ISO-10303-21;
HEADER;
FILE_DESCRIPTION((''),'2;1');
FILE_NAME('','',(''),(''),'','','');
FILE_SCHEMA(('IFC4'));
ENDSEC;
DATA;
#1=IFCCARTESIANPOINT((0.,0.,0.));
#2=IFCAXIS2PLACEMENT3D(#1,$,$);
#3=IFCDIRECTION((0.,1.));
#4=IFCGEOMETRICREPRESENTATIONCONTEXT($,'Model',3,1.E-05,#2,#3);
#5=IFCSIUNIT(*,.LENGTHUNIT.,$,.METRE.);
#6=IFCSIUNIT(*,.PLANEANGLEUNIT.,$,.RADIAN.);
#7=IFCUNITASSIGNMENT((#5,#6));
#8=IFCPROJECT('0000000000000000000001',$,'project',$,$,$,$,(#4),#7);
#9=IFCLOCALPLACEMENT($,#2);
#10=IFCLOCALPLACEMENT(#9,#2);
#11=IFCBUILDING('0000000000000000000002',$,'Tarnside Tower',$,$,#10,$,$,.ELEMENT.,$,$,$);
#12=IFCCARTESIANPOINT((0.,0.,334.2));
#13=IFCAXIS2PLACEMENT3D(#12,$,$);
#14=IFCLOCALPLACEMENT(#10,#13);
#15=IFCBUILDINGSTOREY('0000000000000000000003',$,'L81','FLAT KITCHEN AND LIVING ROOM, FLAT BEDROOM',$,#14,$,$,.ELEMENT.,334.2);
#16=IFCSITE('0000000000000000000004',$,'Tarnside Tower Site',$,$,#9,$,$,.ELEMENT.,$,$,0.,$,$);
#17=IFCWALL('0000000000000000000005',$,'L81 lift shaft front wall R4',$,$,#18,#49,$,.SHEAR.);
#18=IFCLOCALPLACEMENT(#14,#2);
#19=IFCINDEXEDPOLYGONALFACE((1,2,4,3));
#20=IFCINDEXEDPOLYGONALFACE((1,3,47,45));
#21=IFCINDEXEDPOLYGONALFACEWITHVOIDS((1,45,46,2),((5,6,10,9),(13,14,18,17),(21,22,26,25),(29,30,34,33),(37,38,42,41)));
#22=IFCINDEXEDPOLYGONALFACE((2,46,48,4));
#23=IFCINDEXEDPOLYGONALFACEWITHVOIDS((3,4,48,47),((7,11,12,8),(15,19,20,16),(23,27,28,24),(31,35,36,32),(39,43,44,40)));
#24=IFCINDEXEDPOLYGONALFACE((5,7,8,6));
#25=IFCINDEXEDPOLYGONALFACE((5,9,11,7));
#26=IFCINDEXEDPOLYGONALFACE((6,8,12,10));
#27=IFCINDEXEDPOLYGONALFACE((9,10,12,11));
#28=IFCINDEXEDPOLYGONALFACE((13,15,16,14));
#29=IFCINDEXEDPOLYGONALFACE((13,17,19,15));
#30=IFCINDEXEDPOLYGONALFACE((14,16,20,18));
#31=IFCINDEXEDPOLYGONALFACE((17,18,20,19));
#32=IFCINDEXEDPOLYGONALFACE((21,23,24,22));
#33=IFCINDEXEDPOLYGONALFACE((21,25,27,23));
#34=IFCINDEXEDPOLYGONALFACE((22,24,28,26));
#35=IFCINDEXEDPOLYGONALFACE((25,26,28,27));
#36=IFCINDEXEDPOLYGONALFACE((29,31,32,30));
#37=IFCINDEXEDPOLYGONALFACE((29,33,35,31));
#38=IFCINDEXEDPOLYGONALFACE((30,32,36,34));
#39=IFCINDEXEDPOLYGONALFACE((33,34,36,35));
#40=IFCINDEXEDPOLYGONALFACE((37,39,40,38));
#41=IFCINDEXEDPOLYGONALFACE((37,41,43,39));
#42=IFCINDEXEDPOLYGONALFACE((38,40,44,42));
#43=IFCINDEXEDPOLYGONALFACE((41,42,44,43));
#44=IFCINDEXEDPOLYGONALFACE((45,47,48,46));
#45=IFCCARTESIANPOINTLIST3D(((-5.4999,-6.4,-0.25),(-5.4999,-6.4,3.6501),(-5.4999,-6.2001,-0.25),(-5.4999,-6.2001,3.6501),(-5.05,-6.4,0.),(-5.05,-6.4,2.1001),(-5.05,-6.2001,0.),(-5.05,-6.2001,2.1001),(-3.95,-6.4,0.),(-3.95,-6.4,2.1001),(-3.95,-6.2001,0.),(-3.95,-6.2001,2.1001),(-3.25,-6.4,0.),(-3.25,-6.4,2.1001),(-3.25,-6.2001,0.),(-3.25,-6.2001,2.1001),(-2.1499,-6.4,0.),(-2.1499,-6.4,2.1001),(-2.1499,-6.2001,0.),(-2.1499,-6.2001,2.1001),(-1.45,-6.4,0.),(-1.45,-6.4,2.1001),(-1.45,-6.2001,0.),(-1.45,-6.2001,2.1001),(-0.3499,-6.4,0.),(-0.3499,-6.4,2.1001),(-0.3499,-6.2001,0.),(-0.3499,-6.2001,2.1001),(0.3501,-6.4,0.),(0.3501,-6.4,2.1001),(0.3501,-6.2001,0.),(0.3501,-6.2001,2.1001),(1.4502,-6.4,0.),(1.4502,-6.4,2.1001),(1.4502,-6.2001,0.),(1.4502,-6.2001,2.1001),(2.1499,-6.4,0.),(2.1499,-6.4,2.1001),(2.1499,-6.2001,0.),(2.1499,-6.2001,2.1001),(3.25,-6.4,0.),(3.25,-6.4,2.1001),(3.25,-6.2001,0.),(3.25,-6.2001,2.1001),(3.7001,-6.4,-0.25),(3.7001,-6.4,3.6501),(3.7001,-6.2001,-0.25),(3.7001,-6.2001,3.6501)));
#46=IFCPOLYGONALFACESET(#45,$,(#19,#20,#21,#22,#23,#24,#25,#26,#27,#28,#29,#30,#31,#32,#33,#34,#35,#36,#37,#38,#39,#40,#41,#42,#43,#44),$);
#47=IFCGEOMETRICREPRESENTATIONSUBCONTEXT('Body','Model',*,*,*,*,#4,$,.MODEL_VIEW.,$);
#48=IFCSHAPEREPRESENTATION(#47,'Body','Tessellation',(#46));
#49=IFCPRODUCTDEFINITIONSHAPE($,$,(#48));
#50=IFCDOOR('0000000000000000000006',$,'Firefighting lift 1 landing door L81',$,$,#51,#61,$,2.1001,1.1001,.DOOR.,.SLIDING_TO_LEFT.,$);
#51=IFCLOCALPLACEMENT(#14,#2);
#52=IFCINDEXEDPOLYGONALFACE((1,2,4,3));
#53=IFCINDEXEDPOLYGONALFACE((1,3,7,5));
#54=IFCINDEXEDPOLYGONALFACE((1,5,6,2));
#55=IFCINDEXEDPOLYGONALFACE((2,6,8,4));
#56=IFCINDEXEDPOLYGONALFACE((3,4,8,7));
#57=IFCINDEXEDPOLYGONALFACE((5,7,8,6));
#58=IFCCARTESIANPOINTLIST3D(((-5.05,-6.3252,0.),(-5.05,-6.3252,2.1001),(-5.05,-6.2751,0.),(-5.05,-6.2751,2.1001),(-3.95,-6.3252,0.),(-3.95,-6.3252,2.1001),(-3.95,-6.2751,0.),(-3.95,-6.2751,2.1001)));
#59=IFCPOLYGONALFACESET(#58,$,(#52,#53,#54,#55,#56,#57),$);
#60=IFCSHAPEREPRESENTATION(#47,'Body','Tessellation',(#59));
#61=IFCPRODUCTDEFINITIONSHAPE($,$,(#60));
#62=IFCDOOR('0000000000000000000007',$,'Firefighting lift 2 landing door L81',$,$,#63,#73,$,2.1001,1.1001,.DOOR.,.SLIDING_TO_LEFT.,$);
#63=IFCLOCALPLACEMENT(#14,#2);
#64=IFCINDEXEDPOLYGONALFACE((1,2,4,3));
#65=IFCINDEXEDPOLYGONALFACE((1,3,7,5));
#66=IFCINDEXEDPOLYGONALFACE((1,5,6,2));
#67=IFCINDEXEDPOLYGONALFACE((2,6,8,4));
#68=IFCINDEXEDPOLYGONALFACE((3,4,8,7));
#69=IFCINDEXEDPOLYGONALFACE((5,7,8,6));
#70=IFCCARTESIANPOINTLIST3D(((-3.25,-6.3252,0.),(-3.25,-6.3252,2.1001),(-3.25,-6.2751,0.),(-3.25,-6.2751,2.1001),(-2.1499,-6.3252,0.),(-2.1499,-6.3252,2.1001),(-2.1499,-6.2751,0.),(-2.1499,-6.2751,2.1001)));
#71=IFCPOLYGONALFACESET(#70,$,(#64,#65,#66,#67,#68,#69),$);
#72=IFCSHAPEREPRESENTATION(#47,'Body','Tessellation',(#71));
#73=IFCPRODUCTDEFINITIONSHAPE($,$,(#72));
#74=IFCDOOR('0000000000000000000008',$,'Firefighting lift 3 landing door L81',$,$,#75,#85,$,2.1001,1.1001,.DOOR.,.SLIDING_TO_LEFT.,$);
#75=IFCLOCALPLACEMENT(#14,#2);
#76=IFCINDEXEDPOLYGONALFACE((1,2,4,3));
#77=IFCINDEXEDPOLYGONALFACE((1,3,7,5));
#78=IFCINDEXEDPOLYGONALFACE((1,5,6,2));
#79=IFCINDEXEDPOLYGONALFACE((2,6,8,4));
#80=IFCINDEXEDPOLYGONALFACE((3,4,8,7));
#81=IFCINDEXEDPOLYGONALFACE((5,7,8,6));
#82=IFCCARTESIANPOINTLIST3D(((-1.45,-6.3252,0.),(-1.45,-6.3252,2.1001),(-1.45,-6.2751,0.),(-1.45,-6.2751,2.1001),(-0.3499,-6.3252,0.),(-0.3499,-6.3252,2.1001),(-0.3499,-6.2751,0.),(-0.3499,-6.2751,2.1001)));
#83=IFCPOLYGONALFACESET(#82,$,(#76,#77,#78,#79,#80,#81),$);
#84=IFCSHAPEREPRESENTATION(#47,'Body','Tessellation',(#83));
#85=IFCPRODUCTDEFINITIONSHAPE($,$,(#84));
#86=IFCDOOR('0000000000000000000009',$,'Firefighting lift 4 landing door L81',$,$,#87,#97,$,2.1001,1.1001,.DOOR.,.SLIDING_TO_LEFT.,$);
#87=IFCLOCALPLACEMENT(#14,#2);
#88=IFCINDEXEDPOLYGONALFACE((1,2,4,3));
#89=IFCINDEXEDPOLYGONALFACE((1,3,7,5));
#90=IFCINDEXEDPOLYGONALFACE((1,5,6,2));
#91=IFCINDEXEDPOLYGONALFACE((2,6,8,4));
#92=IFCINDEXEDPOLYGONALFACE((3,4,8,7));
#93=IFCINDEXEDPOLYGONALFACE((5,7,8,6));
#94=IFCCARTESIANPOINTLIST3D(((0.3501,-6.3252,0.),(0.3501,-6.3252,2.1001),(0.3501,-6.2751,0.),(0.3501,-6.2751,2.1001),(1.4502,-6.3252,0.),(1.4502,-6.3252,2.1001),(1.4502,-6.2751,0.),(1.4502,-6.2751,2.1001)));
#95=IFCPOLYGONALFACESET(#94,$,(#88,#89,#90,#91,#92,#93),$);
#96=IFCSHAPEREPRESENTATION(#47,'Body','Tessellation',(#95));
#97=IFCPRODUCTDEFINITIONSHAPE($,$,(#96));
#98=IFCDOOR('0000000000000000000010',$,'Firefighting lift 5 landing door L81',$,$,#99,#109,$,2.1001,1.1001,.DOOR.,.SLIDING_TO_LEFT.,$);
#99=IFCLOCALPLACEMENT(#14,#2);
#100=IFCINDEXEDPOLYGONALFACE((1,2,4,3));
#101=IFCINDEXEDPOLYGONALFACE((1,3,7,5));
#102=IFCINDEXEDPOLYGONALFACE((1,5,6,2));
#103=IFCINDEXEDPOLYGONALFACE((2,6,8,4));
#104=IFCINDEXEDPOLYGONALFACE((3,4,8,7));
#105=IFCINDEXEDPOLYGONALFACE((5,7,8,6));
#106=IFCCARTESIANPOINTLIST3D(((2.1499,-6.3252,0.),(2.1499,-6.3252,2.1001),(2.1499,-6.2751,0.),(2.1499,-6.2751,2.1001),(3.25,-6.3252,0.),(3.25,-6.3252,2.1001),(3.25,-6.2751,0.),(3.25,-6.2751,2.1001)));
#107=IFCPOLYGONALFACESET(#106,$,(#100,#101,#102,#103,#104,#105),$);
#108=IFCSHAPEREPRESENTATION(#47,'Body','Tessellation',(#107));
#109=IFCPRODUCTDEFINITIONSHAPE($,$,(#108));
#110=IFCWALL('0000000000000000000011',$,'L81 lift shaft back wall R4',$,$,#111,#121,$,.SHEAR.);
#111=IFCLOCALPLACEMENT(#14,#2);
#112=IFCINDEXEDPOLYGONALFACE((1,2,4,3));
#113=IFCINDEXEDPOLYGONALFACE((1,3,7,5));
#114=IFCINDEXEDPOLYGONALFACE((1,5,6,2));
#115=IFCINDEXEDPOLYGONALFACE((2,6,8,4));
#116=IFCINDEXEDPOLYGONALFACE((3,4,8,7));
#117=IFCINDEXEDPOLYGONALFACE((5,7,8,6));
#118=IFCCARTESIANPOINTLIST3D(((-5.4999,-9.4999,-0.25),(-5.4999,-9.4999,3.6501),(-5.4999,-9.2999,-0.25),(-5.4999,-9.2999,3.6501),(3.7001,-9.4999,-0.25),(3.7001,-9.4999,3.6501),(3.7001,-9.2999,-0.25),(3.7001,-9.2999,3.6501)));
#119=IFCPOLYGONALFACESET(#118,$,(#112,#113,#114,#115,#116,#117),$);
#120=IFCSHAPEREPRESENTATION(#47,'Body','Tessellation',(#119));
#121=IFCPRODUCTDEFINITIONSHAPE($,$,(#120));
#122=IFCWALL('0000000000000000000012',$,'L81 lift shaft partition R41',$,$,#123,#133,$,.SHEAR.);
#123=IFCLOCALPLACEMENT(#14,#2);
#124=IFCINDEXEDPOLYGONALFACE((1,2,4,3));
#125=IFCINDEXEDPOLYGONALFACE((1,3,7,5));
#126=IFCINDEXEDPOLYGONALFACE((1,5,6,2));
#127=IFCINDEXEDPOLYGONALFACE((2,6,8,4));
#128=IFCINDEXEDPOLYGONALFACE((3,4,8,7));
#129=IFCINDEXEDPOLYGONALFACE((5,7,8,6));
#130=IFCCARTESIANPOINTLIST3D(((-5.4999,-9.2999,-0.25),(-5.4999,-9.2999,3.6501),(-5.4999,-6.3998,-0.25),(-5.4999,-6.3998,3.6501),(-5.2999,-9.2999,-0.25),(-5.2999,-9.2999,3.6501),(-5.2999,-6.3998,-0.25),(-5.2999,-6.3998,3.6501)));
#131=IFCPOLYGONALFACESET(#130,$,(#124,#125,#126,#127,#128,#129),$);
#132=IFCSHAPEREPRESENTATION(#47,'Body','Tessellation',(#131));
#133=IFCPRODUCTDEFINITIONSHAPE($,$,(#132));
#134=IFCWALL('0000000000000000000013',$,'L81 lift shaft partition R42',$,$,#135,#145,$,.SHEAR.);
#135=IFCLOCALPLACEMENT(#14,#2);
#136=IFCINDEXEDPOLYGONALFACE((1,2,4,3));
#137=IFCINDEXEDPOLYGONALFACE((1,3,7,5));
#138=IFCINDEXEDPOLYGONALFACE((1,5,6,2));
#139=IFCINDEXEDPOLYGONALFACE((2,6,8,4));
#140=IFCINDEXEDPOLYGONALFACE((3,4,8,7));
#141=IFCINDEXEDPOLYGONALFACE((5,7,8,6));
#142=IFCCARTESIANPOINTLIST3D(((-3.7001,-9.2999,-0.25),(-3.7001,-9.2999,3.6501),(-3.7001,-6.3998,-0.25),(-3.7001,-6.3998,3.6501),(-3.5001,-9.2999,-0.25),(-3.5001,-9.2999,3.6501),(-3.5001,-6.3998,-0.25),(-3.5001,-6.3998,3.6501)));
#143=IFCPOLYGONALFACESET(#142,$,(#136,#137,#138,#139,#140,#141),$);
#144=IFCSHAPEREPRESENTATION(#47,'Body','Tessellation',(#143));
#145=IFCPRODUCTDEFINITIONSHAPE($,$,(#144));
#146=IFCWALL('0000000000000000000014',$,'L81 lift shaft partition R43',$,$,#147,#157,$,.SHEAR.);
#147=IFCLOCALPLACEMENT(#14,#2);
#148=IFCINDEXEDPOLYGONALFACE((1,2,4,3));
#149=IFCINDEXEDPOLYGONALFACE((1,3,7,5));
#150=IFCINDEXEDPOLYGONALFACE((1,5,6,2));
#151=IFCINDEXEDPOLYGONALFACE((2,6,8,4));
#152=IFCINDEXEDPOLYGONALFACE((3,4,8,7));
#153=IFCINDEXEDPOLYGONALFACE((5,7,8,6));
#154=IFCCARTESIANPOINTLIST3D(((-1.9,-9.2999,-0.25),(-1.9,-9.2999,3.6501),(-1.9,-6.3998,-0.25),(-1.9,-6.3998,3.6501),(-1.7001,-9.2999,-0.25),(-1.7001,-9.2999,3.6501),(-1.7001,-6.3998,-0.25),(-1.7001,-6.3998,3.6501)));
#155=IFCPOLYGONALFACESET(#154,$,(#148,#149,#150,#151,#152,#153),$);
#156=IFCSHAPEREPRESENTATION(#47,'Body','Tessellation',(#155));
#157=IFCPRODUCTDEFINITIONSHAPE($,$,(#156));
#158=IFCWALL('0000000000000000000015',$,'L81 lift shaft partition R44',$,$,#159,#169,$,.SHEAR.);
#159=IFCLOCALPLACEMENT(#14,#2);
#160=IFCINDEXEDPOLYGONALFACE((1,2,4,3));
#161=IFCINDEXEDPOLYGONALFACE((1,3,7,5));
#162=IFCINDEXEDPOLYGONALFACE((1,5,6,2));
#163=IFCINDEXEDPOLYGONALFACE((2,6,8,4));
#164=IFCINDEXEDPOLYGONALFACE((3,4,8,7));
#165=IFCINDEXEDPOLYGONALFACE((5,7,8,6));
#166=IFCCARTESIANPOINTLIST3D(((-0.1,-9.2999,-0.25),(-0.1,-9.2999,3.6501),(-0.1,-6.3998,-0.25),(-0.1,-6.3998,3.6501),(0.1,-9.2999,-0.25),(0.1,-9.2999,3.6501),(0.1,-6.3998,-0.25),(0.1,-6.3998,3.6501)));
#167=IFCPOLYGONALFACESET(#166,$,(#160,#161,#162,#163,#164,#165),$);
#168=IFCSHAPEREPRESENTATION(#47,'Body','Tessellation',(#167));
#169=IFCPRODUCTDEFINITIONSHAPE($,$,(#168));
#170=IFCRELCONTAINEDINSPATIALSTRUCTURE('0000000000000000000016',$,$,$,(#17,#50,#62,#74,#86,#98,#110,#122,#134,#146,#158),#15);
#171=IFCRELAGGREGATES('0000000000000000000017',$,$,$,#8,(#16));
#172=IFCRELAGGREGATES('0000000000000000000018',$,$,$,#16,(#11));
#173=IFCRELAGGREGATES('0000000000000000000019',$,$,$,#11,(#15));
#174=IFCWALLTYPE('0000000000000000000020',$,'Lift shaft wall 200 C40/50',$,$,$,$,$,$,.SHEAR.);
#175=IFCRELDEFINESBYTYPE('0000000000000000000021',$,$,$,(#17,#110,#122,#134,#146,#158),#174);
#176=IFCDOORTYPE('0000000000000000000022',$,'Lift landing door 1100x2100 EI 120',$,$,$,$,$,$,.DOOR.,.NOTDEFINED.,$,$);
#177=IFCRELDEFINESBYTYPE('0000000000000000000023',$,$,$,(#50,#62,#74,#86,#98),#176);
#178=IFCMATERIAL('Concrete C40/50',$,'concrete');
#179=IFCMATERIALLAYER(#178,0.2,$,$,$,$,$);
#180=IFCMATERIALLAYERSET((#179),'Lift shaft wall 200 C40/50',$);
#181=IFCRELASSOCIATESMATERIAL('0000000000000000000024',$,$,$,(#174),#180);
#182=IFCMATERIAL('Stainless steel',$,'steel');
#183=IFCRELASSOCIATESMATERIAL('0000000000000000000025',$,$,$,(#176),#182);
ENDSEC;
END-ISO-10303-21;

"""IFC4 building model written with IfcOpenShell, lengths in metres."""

from ifc_helpers import new_model, si_unit, direction, frame, frame_2d, origin, place, context, subcontext, project, spatial, rectangle, extrude, material, layer, layer_set, type_object, element, fill, save


model = new_model("IFC4")

# Units and contexts
model_context = context("Model", 3, precision=1e-05, world=origin(), true_north=direction((0.0, 1.0)))
body_context = subcontext(model_context, "Body", "Model", "MODEL_VIEW")
ifc_project = project(units=[si_unit("LENGTHUNIT", "METRE"), si_unit("PLANEANGLEUNIT", "RADIAN")], contexts=[model_context])

# Site, building, storey
site_placement = place(None, origin())
site = spatial("IfcSite", under=ifc_project, at=site_placement, Name="Tarnside Tower Site", CompositionType="ELEMENT", RefElevation=0.0)
building_placement = place(site_placement, origin())
building = spatial("IfcBuilding", under=site, at=building_placement, Name="Tarnside Tower", CompositionType="ELEMENT")
storey_placement = place(building_placement, frame((0.0, 0.0, 334.2)))
storey = spatial("IfcBuildingStorey", under=building, at=storey_placement, Name="L81", Description="FLAT KITCHEN AND LIVING ROOM, FLAT BEDROOM", CompositionType="ELEMENT", Elevation=334.2)

# Shared definitions
ifc_material_1 = material(Name="Concrete C40/50", Category="concrete")

# Wall, openings, doors
ifc_layer_1 = layer(ifc_material_1, 0.2)
ifc_layer_set_1 = layer_set([ifc_layer_1], Name="Lift shaft wall 200 C40/50")
wall_type_1 = type_object("IfcWallType", Name="Lift shaft wall 200 C40/50", PredefinedType="SHEAR", material=ifc_layer_set_1)
wall_1_placement = place(storey_placement, frame((-5.5, -6.3, -0.25), z_axis=(0.0, 0.0, 1.0), x_axis=(1.0, 0.0, 0.0)))
wall_1 = element("IfcWall", 1, at=wall_1_placement, inside=storey, type_object=wall_type_1, Name="L81 lift shaft front wall R4", PredefinedType="SHEAR", context=body_context, shape_type="SweptSolid", body=[
    extrude(rectangle(XDim=9.2, YDim=0.2, at=frame_2d((4.6001, 0.0))), origin(), (0.0, 0.0, 1.0), 3.9001),
])
opening_1_placement = place(wall_1_placement, frame((0.45, 0.0, 0.25)))
opening_1 = element("IfcOpeningElement", 2, at=opening_1_placement, cuts=wall_1, PredefinedType="OPENING", context=body_context, shape_type="SweptSolid", body=[
    extrude(rectangle(XDim=1.1001, YDim=2.1001, at=frame_2d((0.55, 1.05))), frame((0.0, 0.1099, 0.0), z_axis=(0.0, -1.0, 0.0), x_axis=(1.0, 0.0, 0.0)), (0.0, 0.0, 1.0), 0.22),
])
opening_2_placement = place(wall_1_placement, frame((2.25, 0.0, 0.25)))
opening_2 = element("IfcOpeningElement", 3, at=opening_2_placement, cuts=wall_1, PredefinedType="OPENING", context=body_context, shape_type="SweptSolid", body=[
    extrude(rectangle(XDim=1.1001, YDim=2.1001, at=frame_2d((0.55, 1.05))), frame((0.0, 0.1099, 0.0), z_axis=(0.0, -1.0, 0.0), x_axis=(1.0, 0.0, 0.0)), (0.0, 0.0, 1.0), 0.22),
])
opening_3_placement = place(wall_1_placement, frame((4.05, 0.0, 0.25)))
opening_3 = element("IfcOpeningElement", 4, at=opening_3_placement, cuts=wall_1, PredefinedType="OPENING", context=body_context, shape_type="SweptSolid", body=[
    extrude(rectangle(XDim=1.1001, YDim=2.1001, at=frame_2d((0.55, 1.05))), frame((0.0, 0.1099, 0.0), z_axis=(0.0, -1.0, 0.0), x_axis=(1.0, 0.0, 0.0)), (0.0, 0.0, 1.0), 0.22),
])
opening_4_placement = place(wall_1_placement, frame((5.8501, 0.0, 0.25)))
opening_4 = element("IfcOpeningElement", 5, at=opening_4_placement, cuts=wall_1, PredefinedType="OPENING", context=body_context, shape_type="SweptSolid", body=[
    extrude(rectangle(XDim=1.1001, YDim=2.1001, at=frame_2d((0.55, 1.05))), frame((0.0, 0.1099, 0.0), z_axis=(0.0, -1.0, 0.0), x_axis=(1.0, 0.0, 0.0)), (0.0, 0.0, 1.0), 0.22),
])
opening_5_placement = place(wall_1_placement, frame((7.6499, 0.0, 0.25)))
opening_5 = element("IfcOpeningElement", 6, at=opening_5_placement, cuts=wall_1, PredefinedType="OPENING", context=body_context, shape_type="SweptSolid", body=[
    extrude(rectangle(XDim=1.1001, YDim=2.1001, at=frame_2d((0.55, 1.05))), frame((0.0, 0.1099, 0.0), z_axis=(0.0, -1.0, 0.0), x_axis=(1.0, 0.0, 0.0)), (0.0, 0.0, 1.0), 0.22),
])
ifc_material_2 = material(Name="Stainless steel", Category="steel")
door_type_1 = type_object("IfcDoorType", Name="Lift landing door 1100x2100 EI 120", OperationType="NOTDEFINED", PredefinedType="DOOR", material=ifc_material_2)
door_1_placement = place(opening_1_placement, origin())
door_1 = element("IfcDoor", 7, at=door_1_placement, inside=storey, type_object=door_type_1, Name="Firefighting lift 1 landing door L81", OperationType="SLIDING_TO_LEFT", OverallHeight=2.1001, OverallWidth=1.1001, PredefinedType="DOOR", context=body_context, shape_type="SweptSolid", body=[
    extrude(rectangle(XDim=1.1001, YDim=2.1001, at=frame_2d((0.55, 1.05))), frame((0.0, 0.0249, 0.0), z_axis=(0.0, -1.0, 0.0), x_axis=(1.0, 0.0, 0.0)), (0.0, 0.0, 1.0), 0.05),
])
fill(opening_1, door_1)
door_2_placement = place(opening_2_placement, origin())
door_2 = element("IfcDoor", 8, at=door_2_placement, inside=storey, type_object=door_type_1, Name="Firefighting lift 2 landing door L81", OperationType="SLIDING_TO_LEFT", OverallHeight=2.1001, OverallWidth=1.1001, PredefinedType="DOOR", context=body_context, shape_type="SweptSolid", body=[
    extrude(rectangle(XDim=1.1001, YDim=2.1001, at=frame_2d((0.55, 1.05))), frame((0.0, 0.0249, 0.0), z_axis=(0.0, -1.0, 0.0), x_axis=(1.0, 0.0, 0.0)), (0.0, 0.0, 1.0), 0.05),
])
fill(opening_2, door_2)
door_3_placement = place(opening_3_placement, origin())
door_3 = element("IfcDoor", 9, at=door_3_placement, inside=storey, type_object=door_type_1, Name="Firefighting lift 3 landing door L81", OperationType="SLIDING_TO_LEFT", OverallHeight=2.1001, OverallWidth=1.1001, PredefinedType="DOOR", context=body_context, shape_type="SweptSolid", body=[
    extrude(rectangle(XDim=1.1001, YDim=2.1001, at=frame_2d((0.55, 1.05))), frame((0.0, 0.0249, 0.0), z_axis=(0.0, -1.0, 0.0), x_axis=(1.0, 0.0, 0.0)), (0.0, 0.0, 1.0), 0.05),
])
fill(opening_3, door_3)
door_4_placement = place(opening_4_placement, origin())
door_4 = element("IfcDoor", 10, at=door_4_placement, inside=storey, type_object=door_type_1, Name="Firefighting lift 4 landing door L81", OperationType="SLIDING_TO_LEFT", OverallHeight=2.1001, OverallWidth=1.1001, PredefinedType="DOOR", context=body_context, shape_type="SweptSolid", body=[
    extrude(rectangle(XDim=1.1001, YDim=2.1001, at=frame_2d((0.55, 1.05))), frame((0.0, 0.0249, 0.0), z_axis=(0.0, -1.0, 0.0), x_axis=(1.0, 0.0, 0.0)), (0.0, 0.0, 1.0), 0.05),
])
fill(opening_4, door_4)
door_5_placement = place(opening_5_placement, origin())
door_5 = element("IfcDoor", 11, at=door_5_placement, inside=storey, type_object=door_type_1, Name="Firefighting lift 5 landing door L81", OperationType="SLIDING_TO_LEFT", OverallHeight=2.1001, OverallWidth=1.1001, PredefinedType="DOOR", context=body_context, shape_type="SweptSolid", body=[
    extrude(rectangle(XDim=1.1001, YDim=2.1001, at=frame_2d((0.55, 1.05))), frame((0.0, 0.0249, 0.0), z_axis=(0.0, -1.0, 0.0), x_axis=(1.0, 0.0, 0.0)), (0.0, 0.0, 1.0), 0.05),
])
fill(opening_5, door_5)

# Walls
wall_2_placement = place(storey_placement, frame((-5.5, -9.3999, -0.25), z_axis=(0.0, 0.0, 1.0), x_axis=(1.0, 0.0, 0.0)))
element("IfcWall", 12, at=wall_2_placement, inside=storey, type_object=wall_type_1, Name="L81 lift shaft back wall R4", PredefinedType="SHEAR", context=body_context, shape_type="SweptSolid", body=[
    extrude(rectangle(XDim=9.2, YDim=0.2, at=frame_2d((4.6001, 0.0))), origin(), (0.0, 0.0, 1.0), 3.9001),
])
for number, where, z_axis, x_axis, name in (
    (13, (-5.3999, -9.3, -0.25), (0.0, 0.0, 1.0), (0.0, 1.0, 0.0), "L81 lift shaft partition R41"),
    (14, (-3.6001, -9.3, -0.25), (0.0, 0.0, 1.0), (0.0, 1.0, 0.0), "L81 lift shaft partition R42"),
    (15, (-1.8, -9.3, -0.25), (0.0, 0.0, 1.0), (0.0, 1.0, 0.0), "L81 lift shaft partition R43"),
    (16, (0.0, -9.3, -0.25), (0.0, 0.0, 1.0), (0.0, 1.0, 0.0), "L81 lift shaft partition R44"),
):
    element("IfcWall", number, at=place(storey_placement, frame(where, z_axis=z_axis, x_axis=x_axis)), inside=storey, type_object=wall_type_1, Name=name, PredefinedType="SHEAR", context=body_context, shape_type="SweptSolid", body=[
        extrude(rectangle(XDim=2.9001, YDim=0.2, at=frame_2d((1.4502, 0.0))), origin(), (0.0, 0.0, 1.0), 3.9001),
    ])

save(model, "model.ifc")
